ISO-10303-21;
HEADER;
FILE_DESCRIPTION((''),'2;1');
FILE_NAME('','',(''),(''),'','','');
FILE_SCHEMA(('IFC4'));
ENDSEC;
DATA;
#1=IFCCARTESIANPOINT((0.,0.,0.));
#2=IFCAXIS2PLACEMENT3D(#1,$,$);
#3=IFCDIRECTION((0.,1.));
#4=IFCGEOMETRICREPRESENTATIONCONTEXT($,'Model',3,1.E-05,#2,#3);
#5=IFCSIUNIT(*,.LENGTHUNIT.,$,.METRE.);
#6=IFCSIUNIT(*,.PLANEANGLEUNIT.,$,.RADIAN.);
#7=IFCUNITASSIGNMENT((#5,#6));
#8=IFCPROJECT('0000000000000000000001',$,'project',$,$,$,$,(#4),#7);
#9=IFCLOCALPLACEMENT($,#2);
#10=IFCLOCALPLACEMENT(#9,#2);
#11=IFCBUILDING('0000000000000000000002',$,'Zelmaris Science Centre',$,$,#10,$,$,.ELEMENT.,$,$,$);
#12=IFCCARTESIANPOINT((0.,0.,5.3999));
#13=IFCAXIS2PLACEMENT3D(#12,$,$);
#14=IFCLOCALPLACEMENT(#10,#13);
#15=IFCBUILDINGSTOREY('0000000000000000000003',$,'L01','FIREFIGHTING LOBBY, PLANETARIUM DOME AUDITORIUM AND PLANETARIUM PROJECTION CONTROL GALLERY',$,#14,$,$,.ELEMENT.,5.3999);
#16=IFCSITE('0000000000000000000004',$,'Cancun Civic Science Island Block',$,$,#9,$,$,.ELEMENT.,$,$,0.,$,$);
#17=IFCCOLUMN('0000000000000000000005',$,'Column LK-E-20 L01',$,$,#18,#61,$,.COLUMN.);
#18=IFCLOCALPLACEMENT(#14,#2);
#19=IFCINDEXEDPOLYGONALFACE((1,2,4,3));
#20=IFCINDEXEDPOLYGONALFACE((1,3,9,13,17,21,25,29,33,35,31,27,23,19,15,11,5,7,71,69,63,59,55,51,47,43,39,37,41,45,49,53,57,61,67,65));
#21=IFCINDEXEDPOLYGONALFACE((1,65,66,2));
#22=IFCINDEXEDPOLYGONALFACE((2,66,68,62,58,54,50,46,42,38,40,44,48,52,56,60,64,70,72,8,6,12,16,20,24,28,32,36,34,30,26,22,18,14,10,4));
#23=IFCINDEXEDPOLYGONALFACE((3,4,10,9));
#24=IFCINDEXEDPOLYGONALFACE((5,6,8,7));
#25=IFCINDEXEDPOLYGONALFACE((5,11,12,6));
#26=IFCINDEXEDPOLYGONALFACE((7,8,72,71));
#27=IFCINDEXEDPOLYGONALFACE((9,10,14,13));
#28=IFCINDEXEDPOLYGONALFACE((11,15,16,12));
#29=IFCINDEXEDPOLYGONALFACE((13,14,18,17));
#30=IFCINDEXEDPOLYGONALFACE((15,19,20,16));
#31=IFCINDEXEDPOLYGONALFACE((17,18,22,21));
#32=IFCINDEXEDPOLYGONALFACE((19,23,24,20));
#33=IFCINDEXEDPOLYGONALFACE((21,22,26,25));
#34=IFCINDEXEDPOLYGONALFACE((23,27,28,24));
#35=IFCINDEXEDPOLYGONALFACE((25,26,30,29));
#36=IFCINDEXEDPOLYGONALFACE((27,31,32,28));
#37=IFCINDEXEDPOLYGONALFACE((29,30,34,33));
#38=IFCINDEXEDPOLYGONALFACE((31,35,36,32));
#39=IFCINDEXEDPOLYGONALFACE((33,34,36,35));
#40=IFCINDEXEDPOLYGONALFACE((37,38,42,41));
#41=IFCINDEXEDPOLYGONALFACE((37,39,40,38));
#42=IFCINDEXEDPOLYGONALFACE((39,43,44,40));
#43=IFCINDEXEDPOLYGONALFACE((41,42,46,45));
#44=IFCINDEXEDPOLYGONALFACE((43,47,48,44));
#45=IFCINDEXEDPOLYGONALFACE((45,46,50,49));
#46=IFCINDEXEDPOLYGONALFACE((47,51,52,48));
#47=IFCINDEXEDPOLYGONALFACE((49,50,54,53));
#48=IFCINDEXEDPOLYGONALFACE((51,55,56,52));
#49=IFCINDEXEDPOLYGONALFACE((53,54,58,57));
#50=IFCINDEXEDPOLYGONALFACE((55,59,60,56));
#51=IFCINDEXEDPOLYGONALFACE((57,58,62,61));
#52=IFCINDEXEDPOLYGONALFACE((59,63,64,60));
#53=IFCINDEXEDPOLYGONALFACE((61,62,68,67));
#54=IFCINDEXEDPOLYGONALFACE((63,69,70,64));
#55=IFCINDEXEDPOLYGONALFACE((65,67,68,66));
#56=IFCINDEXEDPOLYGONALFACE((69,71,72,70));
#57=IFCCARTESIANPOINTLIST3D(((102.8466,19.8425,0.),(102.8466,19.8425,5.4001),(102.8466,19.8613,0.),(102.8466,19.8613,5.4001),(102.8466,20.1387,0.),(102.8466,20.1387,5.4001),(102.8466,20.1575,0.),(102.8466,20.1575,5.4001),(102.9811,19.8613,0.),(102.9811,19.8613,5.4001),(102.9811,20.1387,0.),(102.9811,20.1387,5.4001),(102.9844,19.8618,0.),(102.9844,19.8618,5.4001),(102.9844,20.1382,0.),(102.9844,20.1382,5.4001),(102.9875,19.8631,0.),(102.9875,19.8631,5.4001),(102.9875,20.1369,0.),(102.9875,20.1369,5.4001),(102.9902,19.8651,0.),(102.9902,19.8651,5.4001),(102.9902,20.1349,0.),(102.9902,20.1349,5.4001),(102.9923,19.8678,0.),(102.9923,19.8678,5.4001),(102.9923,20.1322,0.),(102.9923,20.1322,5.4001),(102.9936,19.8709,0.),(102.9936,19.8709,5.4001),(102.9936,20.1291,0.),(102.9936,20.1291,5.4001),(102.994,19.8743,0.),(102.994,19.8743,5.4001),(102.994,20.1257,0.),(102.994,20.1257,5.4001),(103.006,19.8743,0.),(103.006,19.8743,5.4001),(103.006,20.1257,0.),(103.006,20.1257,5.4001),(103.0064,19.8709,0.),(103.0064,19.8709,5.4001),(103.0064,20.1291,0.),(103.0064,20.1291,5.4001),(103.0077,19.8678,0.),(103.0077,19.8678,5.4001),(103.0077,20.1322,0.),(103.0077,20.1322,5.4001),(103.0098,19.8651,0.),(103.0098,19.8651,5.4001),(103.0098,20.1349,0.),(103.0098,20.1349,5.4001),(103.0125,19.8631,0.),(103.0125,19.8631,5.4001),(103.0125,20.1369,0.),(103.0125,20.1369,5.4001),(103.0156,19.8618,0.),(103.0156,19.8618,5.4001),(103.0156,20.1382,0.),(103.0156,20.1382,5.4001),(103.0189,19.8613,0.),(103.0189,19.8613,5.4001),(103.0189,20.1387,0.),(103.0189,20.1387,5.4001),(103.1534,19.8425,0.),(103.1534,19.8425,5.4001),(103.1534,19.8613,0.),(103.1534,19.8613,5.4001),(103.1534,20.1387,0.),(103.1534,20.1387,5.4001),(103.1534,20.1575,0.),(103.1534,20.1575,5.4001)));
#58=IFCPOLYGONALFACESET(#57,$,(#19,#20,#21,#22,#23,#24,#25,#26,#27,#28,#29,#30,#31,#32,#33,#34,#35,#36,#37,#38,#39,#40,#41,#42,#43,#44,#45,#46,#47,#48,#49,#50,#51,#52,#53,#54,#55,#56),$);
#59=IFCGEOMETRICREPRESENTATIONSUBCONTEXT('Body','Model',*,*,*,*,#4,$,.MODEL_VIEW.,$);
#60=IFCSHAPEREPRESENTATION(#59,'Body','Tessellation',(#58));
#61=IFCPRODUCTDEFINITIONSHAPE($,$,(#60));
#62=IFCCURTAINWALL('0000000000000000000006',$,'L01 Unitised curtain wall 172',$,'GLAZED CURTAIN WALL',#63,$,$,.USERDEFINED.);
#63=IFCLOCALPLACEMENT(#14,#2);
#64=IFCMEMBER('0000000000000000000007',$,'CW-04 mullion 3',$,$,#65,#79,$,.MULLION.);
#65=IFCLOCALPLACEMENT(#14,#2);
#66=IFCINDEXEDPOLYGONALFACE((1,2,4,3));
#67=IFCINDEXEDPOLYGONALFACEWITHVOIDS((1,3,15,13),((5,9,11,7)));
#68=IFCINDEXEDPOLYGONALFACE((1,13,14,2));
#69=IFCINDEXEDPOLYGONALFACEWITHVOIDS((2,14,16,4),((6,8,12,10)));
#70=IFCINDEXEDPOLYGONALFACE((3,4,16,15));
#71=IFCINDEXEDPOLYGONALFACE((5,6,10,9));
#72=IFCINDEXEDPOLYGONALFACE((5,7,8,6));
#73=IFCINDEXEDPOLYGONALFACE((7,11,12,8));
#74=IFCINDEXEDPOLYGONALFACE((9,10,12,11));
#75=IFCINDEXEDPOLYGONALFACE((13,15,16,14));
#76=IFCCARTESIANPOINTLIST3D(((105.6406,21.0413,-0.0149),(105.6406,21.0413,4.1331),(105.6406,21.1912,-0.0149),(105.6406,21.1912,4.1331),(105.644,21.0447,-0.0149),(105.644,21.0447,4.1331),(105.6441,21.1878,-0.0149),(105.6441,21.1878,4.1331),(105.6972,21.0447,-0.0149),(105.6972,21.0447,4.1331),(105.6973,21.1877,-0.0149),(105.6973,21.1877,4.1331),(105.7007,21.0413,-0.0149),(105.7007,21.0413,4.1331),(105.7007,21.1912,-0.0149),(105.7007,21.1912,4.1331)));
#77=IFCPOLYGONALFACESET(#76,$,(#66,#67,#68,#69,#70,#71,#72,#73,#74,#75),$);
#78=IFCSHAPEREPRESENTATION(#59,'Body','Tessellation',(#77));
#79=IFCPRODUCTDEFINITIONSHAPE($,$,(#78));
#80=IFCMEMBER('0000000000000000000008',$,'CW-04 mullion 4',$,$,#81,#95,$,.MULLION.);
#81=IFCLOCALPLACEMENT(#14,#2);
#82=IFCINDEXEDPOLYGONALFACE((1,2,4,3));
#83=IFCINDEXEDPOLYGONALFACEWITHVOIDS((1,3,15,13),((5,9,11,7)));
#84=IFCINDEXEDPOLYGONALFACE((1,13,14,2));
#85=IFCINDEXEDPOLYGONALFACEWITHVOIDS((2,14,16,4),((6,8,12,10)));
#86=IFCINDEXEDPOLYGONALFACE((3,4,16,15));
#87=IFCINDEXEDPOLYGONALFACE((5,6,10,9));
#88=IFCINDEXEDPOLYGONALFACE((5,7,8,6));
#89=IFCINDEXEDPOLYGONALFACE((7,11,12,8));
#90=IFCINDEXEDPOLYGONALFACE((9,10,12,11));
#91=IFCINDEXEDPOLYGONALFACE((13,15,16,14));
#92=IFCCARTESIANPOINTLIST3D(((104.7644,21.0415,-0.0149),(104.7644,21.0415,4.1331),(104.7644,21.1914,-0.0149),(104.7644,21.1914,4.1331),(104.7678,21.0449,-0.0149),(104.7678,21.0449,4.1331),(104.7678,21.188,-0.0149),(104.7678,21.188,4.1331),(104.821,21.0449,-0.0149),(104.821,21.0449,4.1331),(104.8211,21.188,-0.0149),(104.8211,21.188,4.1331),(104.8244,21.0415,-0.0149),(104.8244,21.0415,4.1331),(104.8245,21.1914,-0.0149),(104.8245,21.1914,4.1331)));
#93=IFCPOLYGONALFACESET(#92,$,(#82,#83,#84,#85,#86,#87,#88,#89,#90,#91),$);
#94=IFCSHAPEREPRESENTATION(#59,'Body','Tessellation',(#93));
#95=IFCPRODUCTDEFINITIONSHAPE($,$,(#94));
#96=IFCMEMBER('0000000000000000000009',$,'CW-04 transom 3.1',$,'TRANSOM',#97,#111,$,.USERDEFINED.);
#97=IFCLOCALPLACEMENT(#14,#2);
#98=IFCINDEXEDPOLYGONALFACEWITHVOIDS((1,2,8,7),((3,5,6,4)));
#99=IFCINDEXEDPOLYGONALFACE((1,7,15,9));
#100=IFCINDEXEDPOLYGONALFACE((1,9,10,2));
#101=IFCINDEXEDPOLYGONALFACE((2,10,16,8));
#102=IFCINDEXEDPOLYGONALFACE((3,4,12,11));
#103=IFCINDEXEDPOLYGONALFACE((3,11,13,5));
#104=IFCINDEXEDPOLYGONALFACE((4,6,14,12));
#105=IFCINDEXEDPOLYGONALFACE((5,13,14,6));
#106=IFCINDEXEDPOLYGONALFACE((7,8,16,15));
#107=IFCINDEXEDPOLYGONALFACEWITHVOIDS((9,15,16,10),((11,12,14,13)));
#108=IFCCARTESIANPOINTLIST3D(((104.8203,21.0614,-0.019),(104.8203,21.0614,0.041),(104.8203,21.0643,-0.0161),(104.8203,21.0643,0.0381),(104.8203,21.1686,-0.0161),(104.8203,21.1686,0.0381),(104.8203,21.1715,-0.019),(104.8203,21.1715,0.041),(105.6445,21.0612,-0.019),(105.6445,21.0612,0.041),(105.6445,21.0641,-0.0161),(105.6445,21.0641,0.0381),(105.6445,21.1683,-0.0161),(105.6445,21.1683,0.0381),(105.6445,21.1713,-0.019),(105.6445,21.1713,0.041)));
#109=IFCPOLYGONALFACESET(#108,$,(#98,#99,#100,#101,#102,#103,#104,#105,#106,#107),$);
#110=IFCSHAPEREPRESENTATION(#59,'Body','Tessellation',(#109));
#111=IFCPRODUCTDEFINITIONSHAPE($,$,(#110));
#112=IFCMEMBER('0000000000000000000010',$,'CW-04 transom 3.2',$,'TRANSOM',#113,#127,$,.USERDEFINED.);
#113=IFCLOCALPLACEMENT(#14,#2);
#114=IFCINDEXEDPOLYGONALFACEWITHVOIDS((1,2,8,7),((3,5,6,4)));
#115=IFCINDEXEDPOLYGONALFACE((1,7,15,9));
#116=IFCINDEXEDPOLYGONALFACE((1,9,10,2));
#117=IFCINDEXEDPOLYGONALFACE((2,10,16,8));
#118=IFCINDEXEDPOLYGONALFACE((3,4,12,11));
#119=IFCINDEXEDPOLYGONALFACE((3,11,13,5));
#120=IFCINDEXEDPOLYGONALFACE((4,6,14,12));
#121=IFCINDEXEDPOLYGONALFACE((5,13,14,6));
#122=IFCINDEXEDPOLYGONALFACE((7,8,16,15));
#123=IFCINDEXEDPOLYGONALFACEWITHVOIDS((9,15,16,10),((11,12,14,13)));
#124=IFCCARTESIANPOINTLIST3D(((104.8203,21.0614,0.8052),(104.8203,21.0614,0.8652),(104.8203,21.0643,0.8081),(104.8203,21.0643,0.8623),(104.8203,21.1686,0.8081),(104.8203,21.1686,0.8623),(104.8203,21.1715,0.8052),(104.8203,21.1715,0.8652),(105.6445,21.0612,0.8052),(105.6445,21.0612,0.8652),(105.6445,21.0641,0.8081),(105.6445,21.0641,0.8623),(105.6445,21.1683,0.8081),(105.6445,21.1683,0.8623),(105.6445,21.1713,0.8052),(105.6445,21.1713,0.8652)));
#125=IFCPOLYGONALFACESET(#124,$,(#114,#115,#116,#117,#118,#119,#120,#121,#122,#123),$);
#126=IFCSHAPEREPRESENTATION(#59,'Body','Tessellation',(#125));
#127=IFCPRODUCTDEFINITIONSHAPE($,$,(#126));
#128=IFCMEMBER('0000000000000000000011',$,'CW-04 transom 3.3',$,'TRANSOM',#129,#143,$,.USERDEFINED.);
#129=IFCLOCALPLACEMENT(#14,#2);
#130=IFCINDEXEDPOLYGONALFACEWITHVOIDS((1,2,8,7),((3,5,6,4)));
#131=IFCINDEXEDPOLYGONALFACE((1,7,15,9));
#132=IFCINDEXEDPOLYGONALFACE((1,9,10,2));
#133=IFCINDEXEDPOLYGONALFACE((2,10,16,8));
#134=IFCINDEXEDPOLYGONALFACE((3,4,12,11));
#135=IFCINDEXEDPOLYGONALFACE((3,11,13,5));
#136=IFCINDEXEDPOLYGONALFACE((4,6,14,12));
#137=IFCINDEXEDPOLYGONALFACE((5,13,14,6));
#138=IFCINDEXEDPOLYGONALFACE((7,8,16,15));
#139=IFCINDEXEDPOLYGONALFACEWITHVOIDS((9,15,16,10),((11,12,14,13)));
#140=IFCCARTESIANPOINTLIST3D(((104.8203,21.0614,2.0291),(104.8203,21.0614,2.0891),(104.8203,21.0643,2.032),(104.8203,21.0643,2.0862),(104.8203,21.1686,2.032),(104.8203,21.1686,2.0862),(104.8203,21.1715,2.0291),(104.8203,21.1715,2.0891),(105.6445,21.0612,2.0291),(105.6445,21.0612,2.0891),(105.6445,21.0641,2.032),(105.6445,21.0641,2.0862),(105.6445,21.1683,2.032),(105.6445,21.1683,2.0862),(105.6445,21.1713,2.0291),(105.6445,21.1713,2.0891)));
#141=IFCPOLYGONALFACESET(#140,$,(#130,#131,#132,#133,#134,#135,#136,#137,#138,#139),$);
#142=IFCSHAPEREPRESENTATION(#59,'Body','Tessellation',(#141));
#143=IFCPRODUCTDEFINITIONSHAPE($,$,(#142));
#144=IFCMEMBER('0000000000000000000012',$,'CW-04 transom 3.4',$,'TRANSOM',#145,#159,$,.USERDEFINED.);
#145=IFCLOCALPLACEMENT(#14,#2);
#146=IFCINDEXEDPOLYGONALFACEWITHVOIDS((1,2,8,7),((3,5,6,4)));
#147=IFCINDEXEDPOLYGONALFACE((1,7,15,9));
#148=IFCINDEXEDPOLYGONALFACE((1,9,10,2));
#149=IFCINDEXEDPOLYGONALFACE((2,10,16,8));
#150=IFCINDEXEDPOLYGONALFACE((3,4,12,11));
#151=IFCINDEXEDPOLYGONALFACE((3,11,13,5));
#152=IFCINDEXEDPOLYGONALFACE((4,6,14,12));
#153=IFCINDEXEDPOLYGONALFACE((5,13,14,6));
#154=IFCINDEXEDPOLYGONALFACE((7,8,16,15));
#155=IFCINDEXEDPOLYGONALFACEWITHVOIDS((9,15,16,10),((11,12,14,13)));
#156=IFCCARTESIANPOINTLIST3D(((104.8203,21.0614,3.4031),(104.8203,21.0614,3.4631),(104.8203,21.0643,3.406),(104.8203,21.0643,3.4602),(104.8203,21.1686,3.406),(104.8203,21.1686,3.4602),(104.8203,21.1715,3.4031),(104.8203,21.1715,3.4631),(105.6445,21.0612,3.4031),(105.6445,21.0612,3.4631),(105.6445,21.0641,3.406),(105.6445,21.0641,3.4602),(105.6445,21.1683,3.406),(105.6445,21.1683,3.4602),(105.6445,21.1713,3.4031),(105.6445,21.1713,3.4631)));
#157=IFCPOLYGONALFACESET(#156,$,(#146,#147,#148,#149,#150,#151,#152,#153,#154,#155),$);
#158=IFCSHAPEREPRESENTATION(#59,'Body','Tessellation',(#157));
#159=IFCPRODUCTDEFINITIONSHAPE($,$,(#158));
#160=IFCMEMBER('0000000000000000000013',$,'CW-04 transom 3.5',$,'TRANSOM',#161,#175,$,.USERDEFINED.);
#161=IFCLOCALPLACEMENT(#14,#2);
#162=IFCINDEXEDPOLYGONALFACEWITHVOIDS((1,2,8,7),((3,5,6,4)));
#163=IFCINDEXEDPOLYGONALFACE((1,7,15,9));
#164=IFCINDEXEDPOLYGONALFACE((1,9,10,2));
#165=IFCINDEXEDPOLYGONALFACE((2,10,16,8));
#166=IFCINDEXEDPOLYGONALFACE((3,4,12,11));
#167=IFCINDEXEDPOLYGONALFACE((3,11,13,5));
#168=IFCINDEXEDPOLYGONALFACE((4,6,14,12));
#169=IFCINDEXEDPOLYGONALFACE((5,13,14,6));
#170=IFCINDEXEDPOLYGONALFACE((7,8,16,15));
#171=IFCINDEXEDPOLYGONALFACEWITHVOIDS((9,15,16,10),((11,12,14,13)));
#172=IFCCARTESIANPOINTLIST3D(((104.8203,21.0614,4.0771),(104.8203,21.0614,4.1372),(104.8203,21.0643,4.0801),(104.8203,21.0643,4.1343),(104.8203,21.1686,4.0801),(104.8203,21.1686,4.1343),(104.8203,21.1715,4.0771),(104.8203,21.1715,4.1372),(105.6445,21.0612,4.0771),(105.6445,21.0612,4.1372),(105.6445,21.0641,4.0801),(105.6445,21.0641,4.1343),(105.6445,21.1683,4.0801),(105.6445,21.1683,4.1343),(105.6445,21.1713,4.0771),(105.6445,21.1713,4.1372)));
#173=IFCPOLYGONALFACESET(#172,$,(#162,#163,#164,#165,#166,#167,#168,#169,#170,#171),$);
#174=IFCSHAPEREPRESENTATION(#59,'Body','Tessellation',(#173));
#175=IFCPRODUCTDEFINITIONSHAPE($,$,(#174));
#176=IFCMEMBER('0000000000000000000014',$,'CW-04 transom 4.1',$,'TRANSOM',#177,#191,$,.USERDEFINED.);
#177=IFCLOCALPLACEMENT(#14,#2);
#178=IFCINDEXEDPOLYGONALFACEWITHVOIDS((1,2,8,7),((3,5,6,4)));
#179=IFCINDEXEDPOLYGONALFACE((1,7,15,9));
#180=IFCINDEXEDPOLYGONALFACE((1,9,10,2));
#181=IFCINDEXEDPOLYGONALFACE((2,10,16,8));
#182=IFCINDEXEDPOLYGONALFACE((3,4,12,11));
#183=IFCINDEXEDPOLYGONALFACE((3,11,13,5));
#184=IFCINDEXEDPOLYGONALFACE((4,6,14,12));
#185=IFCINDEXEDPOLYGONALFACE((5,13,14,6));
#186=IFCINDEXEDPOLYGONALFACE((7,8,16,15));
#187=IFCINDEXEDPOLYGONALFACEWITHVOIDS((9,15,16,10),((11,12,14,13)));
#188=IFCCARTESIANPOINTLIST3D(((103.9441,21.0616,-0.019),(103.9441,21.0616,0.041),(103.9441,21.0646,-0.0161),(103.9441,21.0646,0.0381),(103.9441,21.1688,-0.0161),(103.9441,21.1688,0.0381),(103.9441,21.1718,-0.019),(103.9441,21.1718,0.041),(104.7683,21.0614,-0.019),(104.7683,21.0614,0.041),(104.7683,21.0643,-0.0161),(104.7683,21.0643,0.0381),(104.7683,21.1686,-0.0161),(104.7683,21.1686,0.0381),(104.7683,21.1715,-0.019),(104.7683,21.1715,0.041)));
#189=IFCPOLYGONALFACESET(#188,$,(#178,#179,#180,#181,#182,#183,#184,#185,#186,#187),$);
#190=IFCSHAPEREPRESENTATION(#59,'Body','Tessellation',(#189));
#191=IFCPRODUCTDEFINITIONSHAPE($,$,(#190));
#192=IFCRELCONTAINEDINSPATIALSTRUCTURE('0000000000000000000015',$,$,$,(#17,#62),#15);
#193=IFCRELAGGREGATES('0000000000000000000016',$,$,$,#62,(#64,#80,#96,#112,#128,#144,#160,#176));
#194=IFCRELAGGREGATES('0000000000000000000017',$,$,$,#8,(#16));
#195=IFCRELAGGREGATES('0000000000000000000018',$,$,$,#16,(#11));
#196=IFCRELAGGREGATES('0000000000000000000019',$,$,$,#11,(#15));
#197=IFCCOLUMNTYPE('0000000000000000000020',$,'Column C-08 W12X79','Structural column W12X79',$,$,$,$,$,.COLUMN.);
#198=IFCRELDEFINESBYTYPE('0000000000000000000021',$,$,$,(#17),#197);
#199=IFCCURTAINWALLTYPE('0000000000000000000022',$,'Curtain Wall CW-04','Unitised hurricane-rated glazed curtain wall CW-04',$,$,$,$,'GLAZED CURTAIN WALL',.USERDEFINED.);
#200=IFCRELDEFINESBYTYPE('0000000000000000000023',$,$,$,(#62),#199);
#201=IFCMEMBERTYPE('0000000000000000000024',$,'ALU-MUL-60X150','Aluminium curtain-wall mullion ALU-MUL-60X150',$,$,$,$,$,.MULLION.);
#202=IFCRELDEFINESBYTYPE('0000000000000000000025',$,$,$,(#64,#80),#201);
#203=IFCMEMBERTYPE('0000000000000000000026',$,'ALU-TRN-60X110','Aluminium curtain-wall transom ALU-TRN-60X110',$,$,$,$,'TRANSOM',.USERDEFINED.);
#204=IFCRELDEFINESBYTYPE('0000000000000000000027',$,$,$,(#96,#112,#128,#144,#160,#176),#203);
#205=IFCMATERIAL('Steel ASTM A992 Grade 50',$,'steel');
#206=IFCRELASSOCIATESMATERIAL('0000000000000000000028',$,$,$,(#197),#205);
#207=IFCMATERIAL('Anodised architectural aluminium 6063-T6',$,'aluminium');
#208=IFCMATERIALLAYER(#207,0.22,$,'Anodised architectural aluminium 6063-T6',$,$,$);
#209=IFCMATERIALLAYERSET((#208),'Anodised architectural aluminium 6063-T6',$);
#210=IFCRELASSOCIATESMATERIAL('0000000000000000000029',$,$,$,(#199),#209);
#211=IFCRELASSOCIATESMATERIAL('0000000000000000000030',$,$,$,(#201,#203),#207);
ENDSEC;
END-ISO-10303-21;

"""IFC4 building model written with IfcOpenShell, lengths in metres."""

from ifc_helpers import new_model, si_unit, direction, frame, origin, origin_2d, place, context, subcontext, project, spatial, hollow_rectangle, i_section, extrude, material, layer, layer_set, material_profile, profile_set, type_object, element, aggregate, save


model = new_model("IFC4")

# Units and contexts
model_context = context("Model", 3, precision=1e-05, world=origin(), true_north=direction((0.0, 1.0)))
body_context = subcontext(model_context, "Body", "Model", "MODEL_VIEW")
ifc_project = project(units=[si_unit("LENGTHUNIT", "METRE"), si_unit("PLANEANGLEUNIT", "RADIAN")], contexts=[model_context])

# Site, building, storey
site_placement = place(None, origin())
site = spatial("IfcSite", under=ifc_project, at=site_placement, Name="Cancun Civic Science Island Block", CompositionType="ELEMENT", RefElevation=0.0)
building_placement = place(site_placement, origin())
building = spatial("IfcBuilding", under=site, at=building_placement, Name="Zelmaris Science Centre", CompositionType="ELEMENT")
storey_placement = place(building_placement, frame((0.0, 0.0, 5.3999)))
storey = spatial("IfcBuildingStorey", under=building, at=storey_placement, Name="L01", Description="FIREFIGHTING LOBBY, PLANETARIUM DOME AUDITORIUM AND PLANETARIUM PROJECTION CONTROL GALLERY", CompositionType="ELEMENT", Elevation=5.3999)

# Column
ifc_material_1 = material(Name="Steel ASTM A992 Grade 50", Category="steel")
ifc_material_profile_1 = material_profile(ifc_material_1, i_section(OverallWidth=0.3069, OverallDepth=0.3149, WebThickness=0.012, FlangeThickness=0.0188, FilletRadius=0.0129, at=origin_2d()), Name="W12X79")
ifc_profile_set_1 = profile_set([ifc_material_profile_1], Name="Steel ASTM A992 Grade 50")
column_type = type_object("IfcColumnType", Name="Column C-08 W12X79", Description="Structural column W12X79", PredefinedType="COLUMN", material=ifc_profile_set_1)
column_placement = place(storey_placement, frame((103.0, 20.0, 0.0), z_axis=(0.0, 0.0, 1.0), x_axis=(1.0, 0.0, 0.0)))
element("IfcColumn", 1, at=column_placement, inside=storey, type_object=column_type, Name="Column LK-E-20 L01", PredefinedType="COLUMN", context=body_context, shape_type="SweptSolid", body=[
    extrude(i_section(OverallWidth=0.3069, OverallDepth=0.3149, WebThickness=0.012, FlangeThickness=0.0188, FilletRadius=0.0129, at=origin_2d()), origin(), (0.0, 0.0, 1.0), 5.4001),
])

# Curtain wall, members
ifc_material_2 = material(Name="Anodised architectural aluminium 6063-T6", Category="aluminium")
ifc_layer_1 = layer(ifc_material_2, 0.22, Name="Anodised architectural aluminium 6063-T6")
ifc_layer_set_1 = layer_set([ifc_layer_1], Name="Anodised architectural aluminium 6063-T6")
curtain_wall_type = type_object("IfcCurtainWallType", Name="Curtain Wall CW-04", Description="Unitised hurricane-rated glazed curtain wall CW-04", ElementType="GLAZED CURTAIN WALL", PredefinedType="USERDEFINED", material=ifc_layer_set_1)
curtain_wall_placement = place(storey_placement, origin())
curtain_wall = element("IfcCurtainWall", 2, at=curtain_wall_placement, inside=storey, type_object=curtain_wall_type, Name="L01 Unitised curtain wall 172", ObjectType="GLAZED CURTAIN WALL", PredefinedType="USERDEFINED")
ifc_material_profile_2 = material_profile(ifc_material_2, hollow_rectangle(XDim=0.0601, YDim=0.1499, WallThickness=0.0034, at=origin_2d()), Name="ALU-MUL-60X150")
ifc_profile_set_2 = profile_set([ifc_material_profile_2], Name="Anodised architectural aluminium 6063-T6")
member_type_1 = type_object("IfcMemberType", Name="ALU-MUL-60X150", Description="Aluminium curtain-wall mullion ALU-MUL-60X150", PredefinedType="MULLION", material=ifc_profile_set_2)
member_1_placement = place(storey_placement, frame((105.6707, 21.1162, -0.0149), z_axis=(0.0, 0.0, 1.0), x_axis=(-1.0, 0.000321, 0.0)))
member_1 = element("IfcMember", 3, at=member_1_placement, type_object=member_type_1, Name="CW-04 mullion 3", PredefinedType="MULLION", context=body_context, shape_type="SweptSolid", body=[
    extrude(hollow_rectangle(XDim=0.0601, YDim=0.1499, WallThickness=0.0034, at=origin_2d()), origin(), (0.0, 0.0, 1.0), 4.1479),
])
member_2_placement = place(storey_placement, frame((104.7944, 21.1165, -0.0149), z_axis=(0.0, 0.0, 1.0), x_axis=(-1.0, 0.000321, 0.0)))
member_2 = element("IfcMember", 4, at=member_2_placement, type_object=member_type_1, Name="CW-04 mullion 4", PredefinedType="MULLION", context=body_context, shape_type="SweptSolid", body=[
    extrude(hollow_rectangle(XDim=0.0601, YDim=0.1499, WallThickness=0.0034, at=origin_2d()), origin(), (0.0, 0.0, 1.0), 4.1479),
])
ifc_material_profile_3 = material_profile(ifc_material_2, hollow_rectangle(XDim=0.0601, YDim=0.1101, WallThickness=0.0029, at=origin_2d()), Name="ALU-TRN-60X110")
ifc_profile_set_3 = profile_set([ifc_material_profile_3], Name="Anodised architectural aluminium 6063-T6")
member_type_2 = type_object("IfcMemberType", Name="ALU-TRN-60X110", Description="Aluminium curtain-wall transom ALU-TRN-60X110", ElementType="TRANSOM", PredefinedType="USERDEFINED", material=ifc_profile_set_3)
member_3_placement = place(storey_placement, frame((105.6445, 21.1162, 0.011), z_axis=(-1.0, 0.000296, 0.0), x_axis=(0.0, 0.0, 1.0)))
member_3 = element("IfcMember", 5, at=member_3_placement, type_object=member_type_2, Name="CW-04 transom 3.1", ObjectType="TRANSOM", PredefinedType="USERDEFINED", context=body_context, shape_type="SweptSolid", body=[
    extrude(hollow_rectangle(XDim=0.0601, YDim=0.1101, WallThickness=0.0029, at=origin_2d()), origin(), (0.0, 0.0, 1.0), 0.8242),
])
member_4_placement = place(storey_placement, frame((105.6445, 21.1162, 0.8352), z_axis=(-1.0, 0.000296, 0.0), x_axis=(0.0, 0.0, 1.0)))
member_4 = element("IfcMember", 6, at=member_4_placement, type_object=member_type_2, Name="CW-04 transom 3.2", ObjectType="TRANSOM", PredefinedType="USERDEFINED", context=body_context, shape_type="SweptSolid", body=[
    extrude(hollow_rectangle(XDim=0.0601, YDim=0.1101, WallThickness=0.0029, at=origin_2d()), origin(), (0.0, 0.0, 1.0), 0.8242),
])
member_5_placement = place(storey_placement, frame((105.6445, 21.1162, 2.0591), z_axis=(-1.0, 0.000296, 0.0), x_axis=(0.0, 0.0, 1.0)))
member_5 = element("IfcMember", 7, at=member_5_placement, type_object=member_type_2, Name="CW-04 transom 3.3", ObjectType="TRANSOM", PredefinedType="USERDEFINED", context=body_context, shape_type="SweptSolid", body=[
    extrude(hollow_rectangle(XDim=0.0601, YDim=0.1101, WallThickness=0.0029, at=origin_2d()), origin(), (0.0, 0.0, 1.0), 0.8242),
])
member_6_placement = place(storey_placement, frame((105.6445, 21.1162, 3.4331), z_axis=(-1.0, 0.000296, 0.0), x_axis=(0.0, 0.0, 1.0)))
member_6 = element("IfcMember", 8, at=member_6_placement, type_object=member_type_2, Name="CW-04 transom 3.4", ObjectType="TRANSOM", PredefinedType="USERDEFINED", context=body_context, shape_type="SweptSolid", body=[
    extrude(hollow_rectangle(XDim=0.0601, YDim=0.1101, WallThickness=0.0029, at=origin_2d()), origin(), (0.0, 0.0, 1.0), 0.8242),
])
member_7_placement = place(storey_placement, frame((105.6445, 21.1162, 4.1072), z_axis=(-1.0, 0.000296, 0.0), x_axis=(0.0, 0.0, 1.0)))
member_7 = element("IfcMember", 9, at=member_7_placement, type_object=member_type_2, Name="CW-04 transom 3.5", ObjectType="TRANSOM", PredefinedType="USERDEFINED", context=body_context, shape_type="SweptSolid", body=[
    extrude(hollow_rectangle(XDim=0.0601, YDim=0.1101, WallThickness=0.0029, at=origin_2d()), origin(), (0.0, 0.0, 1.0), 0.8242),
])
member_8_placement = place(storey_placement, frame((104.7683, 21.1165, 0.011), z_axis=(-1.0, 0.000296, 0.0), x_axis=(0.0, 0.0, 1.0)))
member_8 = element("IfcMember", 10, at=member_8_placement, type_object=member_type_2, Name="CW-04 transom 4.1", ObjectType="TRANSOM", PredefinedType="USERDEFINED", context=body_context, shape_type="SweptSolid", body=[
    extrude(hollow_rectangle(XDim=0.0601, YDim=0.1101, WallThickness=0.0029, at=origin_2d()), origin(), (0.0, 0.0, 1.0), 0.8242),
])

aggregate(curtain_wall, [member_1, member_2, member_3, member_4, member_5, member_6, member_7, member_8])

save(model, "model.ifc")
